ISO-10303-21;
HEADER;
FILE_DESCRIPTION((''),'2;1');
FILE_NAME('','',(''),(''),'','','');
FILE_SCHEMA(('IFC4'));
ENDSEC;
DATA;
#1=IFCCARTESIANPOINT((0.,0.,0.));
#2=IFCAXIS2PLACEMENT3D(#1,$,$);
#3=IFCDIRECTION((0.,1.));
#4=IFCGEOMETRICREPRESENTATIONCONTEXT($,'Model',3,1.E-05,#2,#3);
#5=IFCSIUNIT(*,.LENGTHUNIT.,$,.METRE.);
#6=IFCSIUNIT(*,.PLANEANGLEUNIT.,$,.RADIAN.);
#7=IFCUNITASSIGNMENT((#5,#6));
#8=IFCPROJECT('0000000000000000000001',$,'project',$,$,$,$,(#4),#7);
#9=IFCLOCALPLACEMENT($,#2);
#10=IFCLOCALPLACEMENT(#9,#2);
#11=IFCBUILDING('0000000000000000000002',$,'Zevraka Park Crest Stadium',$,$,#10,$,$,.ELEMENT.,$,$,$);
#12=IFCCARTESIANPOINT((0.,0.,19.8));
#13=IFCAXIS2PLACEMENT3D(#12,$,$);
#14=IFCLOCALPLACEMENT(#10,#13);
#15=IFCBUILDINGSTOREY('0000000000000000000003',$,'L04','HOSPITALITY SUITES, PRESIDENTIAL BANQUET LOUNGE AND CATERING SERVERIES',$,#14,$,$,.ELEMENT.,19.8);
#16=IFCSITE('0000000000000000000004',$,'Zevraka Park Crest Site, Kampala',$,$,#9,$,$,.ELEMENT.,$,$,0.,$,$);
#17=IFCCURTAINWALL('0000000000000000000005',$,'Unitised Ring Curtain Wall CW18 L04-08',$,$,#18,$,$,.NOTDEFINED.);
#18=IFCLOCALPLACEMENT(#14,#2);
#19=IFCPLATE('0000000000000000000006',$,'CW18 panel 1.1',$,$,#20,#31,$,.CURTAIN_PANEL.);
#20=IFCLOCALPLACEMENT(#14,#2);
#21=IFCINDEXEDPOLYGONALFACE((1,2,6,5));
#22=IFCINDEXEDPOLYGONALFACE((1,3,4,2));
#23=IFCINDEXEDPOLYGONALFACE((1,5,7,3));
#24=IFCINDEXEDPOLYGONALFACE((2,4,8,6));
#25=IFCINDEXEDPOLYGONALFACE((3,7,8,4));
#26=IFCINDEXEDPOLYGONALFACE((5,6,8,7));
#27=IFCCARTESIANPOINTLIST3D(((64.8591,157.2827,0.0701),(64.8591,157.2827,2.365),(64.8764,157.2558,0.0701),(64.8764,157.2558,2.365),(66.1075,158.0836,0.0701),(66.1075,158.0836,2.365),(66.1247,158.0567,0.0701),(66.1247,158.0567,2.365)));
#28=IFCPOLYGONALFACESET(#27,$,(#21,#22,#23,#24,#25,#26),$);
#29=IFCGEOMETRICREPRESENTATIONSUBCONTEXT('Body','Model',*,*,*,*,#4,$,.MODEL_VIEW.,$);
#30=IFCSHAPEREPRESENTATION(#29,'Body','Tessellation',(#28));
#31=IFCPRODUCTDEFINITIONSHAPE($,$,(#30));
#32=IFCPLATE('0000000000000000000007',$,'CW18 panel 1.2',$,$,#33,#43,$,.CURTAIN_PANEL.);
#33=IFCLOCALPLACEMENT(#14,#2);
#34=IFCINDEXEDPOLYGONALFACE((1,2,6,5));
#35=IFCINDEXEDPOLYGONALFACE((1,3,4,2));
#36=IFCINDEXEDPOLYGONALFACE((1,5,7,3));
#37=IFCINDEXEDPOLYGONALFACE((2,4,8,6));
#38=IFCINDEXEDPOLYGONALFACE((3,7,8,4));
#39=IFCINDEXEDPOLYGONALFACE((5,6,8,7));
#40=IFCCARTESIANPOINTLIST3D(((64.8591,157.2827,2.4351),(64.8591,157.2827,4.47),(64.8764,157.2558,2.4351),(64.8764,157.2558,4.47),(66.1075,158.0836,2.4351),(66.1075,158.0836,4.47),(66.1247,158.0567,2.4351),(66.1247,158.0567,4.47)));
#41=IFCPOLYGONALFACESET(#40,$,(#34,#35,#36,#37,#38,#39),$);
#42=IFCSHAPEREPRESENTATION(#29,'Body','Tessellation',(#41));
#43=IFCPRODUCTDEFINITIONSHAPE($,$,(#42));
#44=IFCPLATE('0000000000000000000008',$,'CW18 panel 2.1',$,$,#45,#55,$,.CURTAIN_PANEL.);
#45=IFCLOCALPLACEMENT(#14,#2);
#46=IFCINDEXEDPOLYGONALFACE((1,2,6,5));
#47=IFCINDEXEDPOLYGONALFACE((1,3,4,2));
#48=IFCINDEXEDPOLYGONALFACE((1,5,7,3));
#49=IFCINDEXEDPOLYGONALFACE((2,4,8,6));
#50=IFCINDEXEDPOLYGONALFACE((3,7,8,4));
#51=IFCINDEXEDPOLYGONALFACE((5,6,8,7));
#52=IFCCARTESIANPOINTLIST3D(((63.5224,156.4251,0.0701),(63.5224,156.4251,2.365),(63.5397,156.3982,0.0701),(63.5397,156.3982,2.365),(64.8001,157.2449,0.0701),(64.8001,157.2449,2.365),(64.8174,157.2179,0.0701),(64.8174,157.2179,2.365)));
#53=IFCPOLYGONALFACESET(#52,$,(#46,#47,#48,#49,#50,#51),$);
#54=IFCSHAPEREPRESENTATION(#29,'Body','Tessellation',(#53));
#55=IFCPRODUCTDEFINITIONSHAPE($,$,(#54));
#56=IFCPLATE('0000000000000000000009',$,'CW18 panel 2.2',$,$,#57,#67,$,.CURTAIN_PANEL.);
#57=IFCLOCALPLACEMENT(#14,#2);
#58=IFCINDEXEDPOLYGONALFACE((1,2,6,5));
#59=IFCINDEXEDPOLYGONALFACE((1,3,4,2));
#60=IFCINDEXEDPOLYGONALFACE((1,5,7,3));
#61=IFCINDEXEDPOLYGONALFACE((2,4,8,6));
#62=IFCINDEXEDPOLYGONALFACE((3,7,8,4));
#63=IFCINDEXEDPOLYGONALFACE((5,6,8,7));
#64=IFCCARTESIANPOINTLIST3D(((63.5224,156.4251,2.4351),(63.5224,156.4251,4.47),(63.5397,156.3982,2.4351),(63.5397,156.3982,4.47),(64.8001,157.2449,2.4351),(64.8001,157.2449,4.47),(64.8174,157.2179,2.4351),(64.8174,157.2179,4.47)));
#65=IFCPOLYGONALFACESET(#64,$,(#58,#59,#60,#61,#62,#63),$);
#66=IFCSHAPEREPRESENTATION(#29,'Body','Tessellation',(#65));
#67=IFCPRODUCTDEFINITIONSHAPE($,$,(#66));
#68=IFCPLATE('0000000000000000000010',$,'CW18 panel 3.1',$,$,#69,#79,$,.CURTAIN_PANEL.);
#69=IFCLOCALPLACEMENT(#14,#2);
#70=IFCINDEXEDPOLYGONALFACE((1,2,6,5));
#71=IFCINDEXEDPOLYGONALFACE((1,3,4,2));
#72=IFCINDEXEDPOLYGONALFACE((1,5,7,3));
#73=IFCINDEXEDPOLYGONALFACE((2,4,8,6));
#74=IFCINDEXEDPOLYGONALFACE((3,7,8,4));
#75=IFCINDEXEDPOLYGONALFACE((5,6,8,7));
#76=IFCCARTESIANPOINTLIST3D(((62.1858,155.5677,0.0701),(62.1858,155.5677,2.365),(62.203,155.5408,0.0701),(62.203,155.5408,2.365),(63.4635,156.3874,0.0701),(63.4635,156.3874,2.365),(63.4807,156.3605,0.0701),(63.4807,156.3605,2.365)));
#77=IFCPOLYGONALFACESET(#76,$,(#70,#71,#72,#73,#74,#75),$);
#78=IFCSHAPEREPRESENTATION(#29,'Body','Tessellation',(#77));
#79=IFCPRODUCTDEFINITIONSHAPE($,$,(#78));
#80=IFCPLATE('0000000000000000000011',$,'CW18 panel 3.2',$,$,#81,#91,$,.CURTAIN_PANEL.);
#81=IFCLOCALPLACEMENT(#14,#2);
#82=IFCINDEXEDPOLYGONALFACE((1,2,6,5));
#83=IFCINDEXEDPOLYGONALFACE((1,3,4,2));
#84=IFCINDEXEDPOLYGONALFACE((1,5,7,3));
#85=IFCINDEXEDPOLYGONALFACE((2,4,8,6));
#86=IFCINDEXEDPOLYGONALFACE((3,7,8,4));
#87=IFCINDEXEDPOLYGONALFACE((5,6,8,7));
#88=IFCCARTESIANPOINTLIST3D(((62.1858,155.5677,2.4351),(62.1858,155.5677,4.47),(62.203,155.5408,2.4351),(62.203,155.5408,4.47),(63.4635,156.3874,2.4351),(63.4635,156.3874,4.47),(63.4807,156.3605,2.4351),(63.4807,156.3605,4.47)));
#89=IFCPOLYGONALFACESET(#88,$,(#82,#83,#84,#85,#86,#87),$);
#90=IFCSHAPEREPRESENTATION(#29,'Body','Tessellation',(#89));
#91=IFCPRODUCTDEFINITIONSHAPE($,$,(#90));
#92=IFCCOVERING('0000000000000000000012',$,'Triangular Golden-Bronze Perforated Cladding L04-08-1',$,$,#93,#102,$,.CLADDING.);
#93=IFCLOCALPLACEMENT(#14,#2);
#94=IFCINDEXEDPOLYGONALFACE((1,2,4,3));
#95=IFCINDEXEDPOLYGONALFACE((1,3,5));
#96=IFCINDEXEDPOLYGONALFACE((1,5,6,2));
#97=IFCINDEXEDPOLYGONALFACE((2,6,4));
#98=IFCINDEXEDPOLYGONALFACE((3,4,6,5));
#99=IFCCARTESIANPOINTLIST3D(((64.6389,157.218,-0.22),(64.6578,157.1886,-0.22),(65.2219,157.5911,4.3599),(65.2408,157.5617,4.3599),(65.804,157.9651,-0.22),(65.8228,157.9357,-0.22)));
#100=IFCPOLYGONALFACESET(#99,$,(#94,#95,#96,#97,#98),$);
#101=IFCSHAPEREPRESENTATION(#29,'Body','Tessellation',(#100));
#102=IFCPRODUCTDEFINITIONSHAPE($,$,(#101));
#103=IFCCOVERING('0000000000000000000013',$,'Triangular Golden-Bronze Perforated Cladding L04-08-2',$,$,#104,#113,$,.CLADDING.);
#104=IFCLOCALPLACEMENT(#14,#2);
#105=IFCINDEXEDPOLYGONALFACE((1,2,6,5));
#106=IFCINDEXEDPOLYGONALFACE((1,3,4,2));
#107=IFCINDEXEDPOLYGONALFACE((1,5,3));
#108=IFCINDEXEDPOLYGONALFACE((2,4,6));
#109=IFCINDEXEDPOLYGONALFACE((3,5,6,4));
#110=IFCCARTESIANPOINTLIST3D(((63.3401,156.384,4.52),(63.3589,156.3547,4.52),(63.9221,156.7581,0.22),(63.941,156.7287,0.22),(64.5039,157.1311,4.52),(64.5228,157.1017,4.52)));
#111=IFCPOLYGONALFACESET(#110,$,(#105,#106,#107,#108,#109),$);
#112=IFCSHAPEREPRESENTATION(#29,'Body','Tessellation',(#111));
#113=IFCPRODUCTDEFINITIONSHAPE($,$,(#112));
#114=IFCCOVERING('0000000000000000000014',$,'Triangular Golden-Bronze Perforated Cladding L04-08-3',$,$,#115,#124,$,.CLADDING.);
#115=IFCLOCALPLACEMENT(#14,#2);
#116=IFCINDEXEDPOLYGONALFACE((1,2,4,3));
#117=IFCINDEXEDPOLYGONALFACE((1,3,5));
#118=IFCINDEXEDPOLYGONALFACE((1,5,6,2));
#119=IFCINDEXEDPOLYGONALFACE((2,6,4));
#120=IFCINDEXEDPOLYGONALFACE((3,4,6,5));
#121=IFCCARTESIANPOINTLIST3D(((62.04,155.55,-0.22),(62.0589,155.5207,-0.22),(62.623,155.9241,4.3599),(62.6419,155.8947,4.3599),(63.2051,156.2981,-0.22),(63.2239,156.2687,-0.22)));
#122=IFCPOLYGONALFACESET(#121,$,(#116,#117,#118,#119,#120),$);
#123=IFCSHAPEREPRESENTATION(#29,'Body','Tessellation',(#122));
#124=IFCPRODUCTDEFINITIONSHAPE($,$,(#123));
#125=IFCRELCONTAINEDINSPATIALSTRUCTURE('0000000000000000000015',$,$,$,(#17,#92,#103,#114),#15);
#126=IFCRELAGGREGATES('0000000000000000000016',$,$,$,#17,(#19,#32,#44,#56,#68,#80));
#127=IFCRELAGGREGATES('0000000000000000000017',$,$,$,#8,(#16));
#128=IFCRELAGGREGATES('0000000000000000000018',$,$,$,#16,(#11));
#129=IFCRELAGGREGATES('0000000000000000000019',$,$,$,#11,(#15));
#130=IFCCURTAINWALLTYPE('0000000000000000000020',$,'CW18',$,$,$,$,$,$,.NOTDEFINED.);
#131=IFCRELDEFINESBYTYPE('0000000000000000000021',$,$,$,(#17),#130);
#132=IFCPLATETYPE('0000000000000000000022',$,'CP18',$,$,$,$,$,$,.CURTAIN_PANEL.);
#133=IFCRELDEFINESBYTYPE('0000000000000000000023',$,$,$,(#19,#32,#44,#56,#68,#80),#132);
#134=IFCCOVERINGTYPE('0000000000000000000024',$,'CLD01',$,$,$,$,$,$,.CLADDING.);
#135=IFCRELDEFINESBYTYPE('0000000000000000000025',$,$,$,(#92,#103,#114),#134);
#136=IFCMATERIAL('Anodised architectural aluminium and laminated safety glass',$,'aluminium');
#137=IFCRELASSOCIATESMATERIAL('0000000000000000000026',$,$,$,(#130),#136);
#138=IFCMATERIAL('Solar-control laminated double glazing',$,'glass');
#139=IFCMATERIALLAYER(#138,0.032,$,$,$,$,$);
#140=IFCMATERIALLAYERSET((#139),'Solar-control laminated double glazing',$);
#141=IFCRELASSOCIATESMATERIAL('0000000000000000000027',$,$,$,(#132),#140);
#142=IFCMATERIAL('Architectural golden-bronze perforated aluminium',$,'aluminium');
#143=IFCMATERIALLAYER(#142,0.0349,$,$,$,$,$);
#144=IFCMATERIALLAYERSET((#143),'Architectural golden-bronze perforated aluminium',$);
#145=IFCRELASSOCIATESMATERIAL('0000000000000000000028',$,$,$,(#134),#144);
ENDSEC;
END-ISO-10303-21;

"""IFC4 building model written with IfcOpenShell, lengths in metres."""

from ifc_helpers import new_model, si_unit, direction, frame, origin, origin_2d, place, context, subcontext, project, spatial, polyline, rectangle, outline, extrude, material, layer, layer_set, type_object, element, aggregate, save


model = new_model("IFC4")

# Units and contexts
model_context = context("Model", 3, precision=1e-05, world=origin(), true_north=direction((0.0, 1.0)))
body_context = subcontext(model_context, "Body", "Model", "MODEL_VIEW")
ifc_project = project(units=[si_unit("LENGTHUNIT", "METRE"), si_unit("PLANEANGLEUNIT", "RADIAN")], contexts=[model_context])

# Site, building, storey
site_placement = place(None, origin())
site = spatial("IfcSite", under=ifc_project, at=site_placement, Name="Zevraka Park Crest Site, Kampala", CompositionType="ELEMENT", RefElevation=0.0)
building_placement = place(site_placement, origin())
building = spatial("IfcBuilding", under=site, at=building_placement, Name="Zevraka Park Crest Stadium", CompositionType="ELEMENT")
storey_placement = place(building_placement, frame((0.0, 0.0, 19.8)))
storey = spatial("IfcBuildingStorey", under=building, at=storey_placement, Name="L04", Description="HOSPITALITY SUITES, PRESIDENTIAL BANQUET LOUNGE AND CATERING SERVERIES", CompositionType="ELEMENT", Elevation=19.8)

# Curtain wall, plates
ifc_material_1 = material(Name="Anodised architectural aluminium and laminated safety glass", Category="aluminium")
curtain_wall_type = type_object("IfcCurtainWallType", Name="CW18", PredefinedType="NOTDEFINED", material=ifc_material_1)
curtain_wall_placement = place(storey_placement, origin())
curtain_wall = element("IfcCurtainWall", 1, at=curtain_wall_placement, inside=storey, type_object=curtain_wall_type, Name="Unitised Ring Curtain Wall CW18 L04-08", PredefinedType="NOTDEFINED")
ifc_material_2 = material(Name="Solar-control laminated double glazing", Category="glass")
ifc_layer_1 = layer(ifc_material_2, 0.032)
ifc_layer_set_1 = layer_set([ifc_layer_1], Name="Solar-control laminated double glazing")
plate_type = type_object("IfcPlateType", Name="CP18", PredefinedType="CURTAIN_PANEL", material=ifc_layer_set_1)
plate_1_placement = place(storey_placement, frame((65.4919, 157.6697, 0.0701), z_axis=(0.0, 0.0, 1.0), x_axis=(-0.841678, -0.53998, 0.0)))
plate_1 = element("IfcPlate", 2, at=plate_1_placement, type_object=plate_type, Name="CW18 panel 1.1", PredefinedType="CURTAIN_PANEL", context=body_context, shape_type="SweptSolid", body=[
    extrude(rectangle(XDim=1.4832, YDim=0.032, at=origin_2d()), origin(), (0.0, 0.0, 1.0), 2.2949),
])
plate_2_placement = place(storey_placement, frame((65.4919, 157.6697, 2.4351), z_axis=(0.0, 0.0, 1.0), x_axis=(-0.841678, -0.53998, 0.0)))
plate_2 = element("IfcPlate", 3, at=plate_2_placement, type_object=plate_type, Name="CW18 panel 1.2", PredefinedType="CURTAIN_PANEL", context=body_context, shape_type="SweptSolid", body=[
    extrude(rectangle(XDim=1.4832, YDim=0.032, at=origin_2d()), origin(), (0.0, 0.0, 1.0), 2.0349),
])
plate_3_placement = place(storey_placement, frame((64.1699, 156.8215, 0.0701), z_axis=(0.0, 0.0, 1.0), x_axis=(-0.841678, -0.53998, 0.0)))
plate_3 = element("IfcPlate", 4, at=plate_3_placement, type_object=plate_type, Name="CW18 panel 2.1", PredefinedType="CURTAIN_PANEL", context=body_context, shape_type="SweptSolid", body=[
    extrude(rectangle(XDim=1.5181, YDim=0.032, at=origin_2d()), origin(), (0.0, 0.0, 1.0), 2.2949),
])
plate_4_placement = place(storey_placement, frame((64.1699, 156.8215, 2.4351), z_axis=(0.0, 0.0, 1.0), x_axis=(-0.841678, -0.53998, 0.0)))
plate_4 = element("IfcPlate", 5, at=plate_4_placement, type_object=plate_type, Name="CW18 panel 2.2", PredefinedType="CURTAIN_PANEL", context=body_context, shape_type="SweptSolid", body=[
    extrude(rectangle(XDim=1.5181, YDim=0.032, at=origin_2d()), origin(), (0.0, 0.0, 1.0), 2.0349),
])
plate_5_placement = place(storey_placement, frame((62.8333, 155.9641, 0.0701), z_axis=(0.0, 0.0, 1.0), x_axis=(-0.841678, -0.53998, 0.0)))
plate_5 = element("IfcPlate", 6, at=plate_5_placement, type_object=plate_type, Name="CW18 panel 3.1", PredefinedType="CURTAIN_PANEL", context=body_context, shape_type="SweptSolid", body=[
    extrude(rectangle(XDim=1.5181, YDim=0.032, at=origin_2d()), origin(), (0.0, 0.0, 1.0), 2.2949),
])
plate_6_placement = place(storey_placement, frame((62.8333, 155.9641, 2.4351), z_axis=(0.0, 0.0, 1.0), x_axis=(-0.841678, -0.53998, 0.0)))
plate_6 = element("IfcPlate", 7, at=plate_6_placement, type_object=plate_type, Name="CW18 panel 3.2", PredefinedType="CURTAIN_PANEL", context=body_context, shape_type="SweptSolid", body=[
    extrude(rectangle(XDim=1.5181, YDim=0.032, at=origin_2d()), origin(), (0.0, 0.0, 1.0), 2.0349),
])
aggregate(curtain_wall, [plate_1, plate_2, plate_3, plate_4, plate_5, plate_6])

# Coverings
ifc_material_3 = material(Name="Architectural golden-bronze perforated aluminium", Category="aluminium")
ifc_layer_2 = layer(ifc_material_3, 0.0349)
ifc_layer_set_2 = layer_set([ifc_layer_2], Name="Architectural golden-bronze perforated aluminium")
covering_type = type_object("IfcCoveringType", Name="CLD01", PredefinedType="CLADDING", material=ifc_layer_set_2)
covering_1_placement = place(storey_placement, frame((65.804, 157.9651, -0.22), z_axis=(-0.539794, 0.841797, 0.000147), x_axis=(-0.841797, -0.539794, 0.0)))
element("IfcCovering", 8, at=covering_1_placement, inside=storey, type_object=covering_type, Name="Triangular Golden-Bronze Perforated Cladding L04-08-1", PredefinedType="CLADDING", context=body_context, shape_type="SweptSolid", body=[
    extrude(outline(polyline([(0.0, 0.0), (1.384, 0.0), (0.6918, 4.5798), (0.0, 0.0)])), origin(), (0.0, 0.0, -1.0), 0.0349),
])
covering_2_placement = place(storey_placement, frame((63.3401, 156.384, 4.52), z_axis=(-0.540195, 0.84154, 0.00008), x_axis=(0.84154, 0.540195, 0.0)))
element("IfcCovering", 9, at=covering_2_placement, inside=storey, type_object=covering_type, Name="Triangular Golden-Bronze Perforated Cladding L04-08-2", PredefinedType="CLADDING", context=body_context, shape_type="SweptSolid", body=[
    extrude(outline(polyline([(0.0, 0.0), (1.383, 0.0), (0.6918, 4.3), (0.0, 0.0)])), origin(), (0.0, 0.0, -1.0), 0.0349),
])
covering_3_placement = place(storey_placement, frame((63.2051, 156.2981, -0.22), z_axis=(-0.540294, 0.841476, 0.000058), x_axis=(-0.841476, -0.540294, 0.0)))
element("IfcCovering", 10, at=covering_3_placement, inside=storey, type_object=covering_type, Name="Triangular Golden-Bronze Perforated Cladding L04-08-3", PredefinedType="CLADDING", context=body_context, shape_type="SweptSolid", body=[
    extrude(outline(polyline([(0.0, 0.0), (1.3845, 0.0), (0.6918, 4.5798), (0.0, 0.0)])), origin(), (0.0, 0.0, -1.0), 0.0349),
])

save(model, "model.ifc")
